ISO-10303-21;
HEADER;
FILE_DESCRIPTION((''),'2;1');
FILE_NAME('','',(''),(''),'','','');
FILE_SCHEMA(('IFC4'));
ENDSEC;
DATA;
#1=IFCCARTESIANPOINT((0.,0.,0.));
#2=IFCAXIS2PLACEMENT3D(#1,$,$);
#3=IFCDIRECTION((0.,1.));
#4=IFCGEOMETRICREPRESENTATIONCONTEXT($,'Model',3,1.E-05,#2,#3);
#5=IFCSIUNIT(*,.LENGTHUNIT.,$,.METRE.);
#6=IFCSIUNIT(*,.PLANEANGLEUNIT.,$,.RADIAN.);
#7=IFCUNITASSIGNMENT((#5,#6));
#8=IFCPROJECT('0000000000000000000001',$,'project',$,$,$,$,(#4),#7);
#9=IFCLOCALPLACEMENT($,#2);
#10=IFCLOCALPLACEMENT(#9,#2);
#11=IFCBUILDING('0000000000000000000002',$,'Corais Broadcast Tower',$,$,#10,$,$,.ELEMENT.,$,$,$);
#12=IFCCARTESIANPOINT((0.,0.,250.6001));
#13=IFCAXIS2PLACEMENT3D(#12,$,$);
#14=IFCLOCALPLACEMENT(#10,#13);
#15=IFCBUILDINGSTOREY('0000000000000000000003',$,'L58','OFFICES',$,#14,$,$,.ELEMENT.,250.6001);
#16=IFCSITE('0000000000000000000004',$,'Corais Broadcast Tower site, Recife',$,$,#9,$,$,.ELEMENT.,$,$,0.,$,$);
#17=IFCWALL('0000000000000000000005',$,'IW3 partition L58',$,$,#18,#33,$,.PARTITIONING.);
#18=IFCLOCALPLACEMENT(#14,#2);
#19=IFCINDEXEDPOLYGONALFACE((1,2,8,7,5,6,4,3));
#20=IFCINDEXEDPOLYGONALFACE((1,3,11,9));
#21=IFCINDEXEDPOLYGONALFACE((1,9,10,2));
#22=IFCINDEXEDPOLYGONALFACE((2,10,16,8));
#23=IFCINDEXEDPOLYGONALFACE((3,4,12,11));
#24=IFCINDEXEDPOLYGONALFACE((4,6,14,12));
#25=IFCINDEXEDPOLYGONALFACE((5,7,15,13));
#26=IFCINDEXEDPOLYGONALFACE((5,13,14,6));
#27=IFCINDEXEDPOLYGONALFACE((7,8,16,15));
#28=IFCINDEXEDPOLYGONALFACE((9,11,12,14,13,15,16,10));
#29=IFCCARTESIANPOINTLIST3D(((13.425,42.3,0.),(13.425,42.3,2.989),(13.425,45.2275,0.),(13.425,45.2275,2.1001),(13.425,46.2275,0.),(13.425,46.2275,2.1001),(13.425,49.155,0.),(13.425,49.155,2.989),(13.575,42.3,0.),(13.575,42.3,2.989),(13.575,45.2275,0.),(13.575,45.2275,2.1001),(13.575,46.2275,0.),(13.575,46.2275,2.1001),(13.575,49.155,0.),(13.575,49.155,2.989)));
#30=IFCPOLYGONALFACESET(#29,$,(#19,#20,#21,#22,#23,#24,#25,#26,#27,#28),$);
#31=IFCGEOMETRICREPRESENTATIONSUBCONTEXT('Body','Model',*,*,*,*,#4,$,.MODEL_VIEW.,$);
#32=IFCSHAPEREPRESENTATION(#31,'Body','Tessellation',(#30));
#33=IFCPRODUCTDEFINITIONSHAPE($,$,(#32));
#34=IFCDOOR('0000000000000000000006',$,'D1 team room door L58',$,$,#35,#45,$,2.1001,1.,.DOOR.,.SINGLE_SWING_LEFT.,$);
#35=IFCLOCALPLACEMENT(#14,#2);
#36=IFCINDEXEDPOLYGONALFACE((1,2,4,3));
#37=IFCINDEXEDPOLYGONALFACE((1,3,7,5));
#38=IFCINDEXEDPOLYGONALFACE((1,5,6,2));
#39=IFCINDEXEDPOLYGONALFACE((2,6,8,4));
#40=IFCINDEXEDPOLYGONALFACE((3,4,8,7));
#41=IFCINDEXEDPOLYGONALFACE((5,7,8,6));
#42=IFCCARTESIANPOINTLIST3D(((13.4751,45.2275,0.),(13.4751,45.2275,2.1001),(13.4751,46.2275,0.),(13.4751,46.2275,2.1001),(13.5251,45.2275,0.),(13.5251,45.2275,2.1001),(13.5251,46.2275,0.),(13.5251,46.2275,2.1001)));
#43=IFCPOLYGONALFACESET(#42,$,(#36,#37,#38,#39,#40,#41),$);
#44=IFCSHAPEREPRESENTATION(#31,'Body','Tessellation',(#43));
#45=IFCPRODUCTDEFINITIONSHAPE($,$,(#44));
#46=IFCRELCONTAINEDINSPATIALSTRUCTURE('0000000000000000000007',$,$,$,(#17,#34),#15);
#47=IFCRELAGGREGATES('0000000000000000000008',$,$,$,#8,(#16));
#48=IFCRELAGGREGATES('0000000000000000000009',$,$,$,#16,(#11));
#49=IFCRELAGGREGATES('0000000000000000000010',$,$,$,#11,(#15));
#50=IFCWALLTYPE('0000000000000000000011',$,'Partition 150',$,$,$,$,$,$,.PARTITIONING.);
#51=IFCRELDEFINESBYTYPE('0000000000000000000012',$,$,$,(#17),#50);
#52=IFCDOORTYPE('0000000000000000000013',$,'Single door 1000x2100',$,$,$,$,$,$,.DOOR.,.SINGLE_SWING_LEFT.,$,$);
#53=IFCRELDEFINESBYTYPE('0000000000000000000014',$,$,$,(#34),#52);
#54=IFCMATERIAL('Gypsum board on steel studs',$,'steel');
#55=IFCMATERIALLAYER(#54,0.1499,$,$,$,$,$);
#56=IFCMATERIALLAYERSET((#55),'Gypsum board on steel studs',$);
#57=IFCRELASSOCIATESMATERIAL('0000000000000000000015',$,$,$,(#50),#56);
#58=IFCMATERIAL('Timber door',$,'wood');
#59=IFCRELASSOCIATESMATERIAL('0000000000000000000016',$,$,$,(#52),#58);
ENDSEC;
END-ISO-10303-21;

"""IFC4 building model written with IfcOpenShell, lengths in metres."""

from ifc_helpers import new_model, si_unit, direction, frame, frame_2d, origin, place, context, subcontext, project, spatial, rectangle, extrude, material, layer, layer_set, type_object, element, fill, save


model = new_model("IFC4")

# Units and contexts
model_context = context("Model", 3, precision=1e-05, world=origin(), true_north=direction((0.0, 1.0)))
body_context = subcontext(model_context, "Body", "Model", "MODEL_VIEW")
ifc_project = project(units=[si_unit("LENGTHUNIT", "METRE"), si_unit("PLANEANGLEUNIT", "RADIAN")], contexts=[model_context])

# Site, building, storey
site_placement = place(None, origin())
site = spatial("IfcSite", under=ifc_project, at=site_placement, Name="Corais Broadcast Tower site, Recife", CompositionType="ELEMENT", RefElevation=0.0)
building_placement = place(site_placement, origin())
building = spatial("IfcBuilding", under=site, at=building_placement, Name="Corais Broadcast Tower", CompositionType="ELEMENT")
storey_placement = place(building_placement, frame((0.0, 0.0, 250.6001)))
storey = spatial("IfcBuildingStorey", under=building, at=storey_placement, Name="L58", Description="OFFICES", CompositionType="ELEMENT", Elevation=250.6001)

# Shared definitions
ifc_material_1 = material(Name="Gypsum board on steel studs", Category="steel")
ifc_layer_1 = layer(ifc_material_1, 0.1499)
ifc_layer_set_1 = layer_set([ifc_layer_1], Name="Gypsum board on steel studs")
wall_type = type_object("IfcWallType", Name="Partition 150", PredefinedType="PARTITIONING", material=ifc_layer_set_1)

# Wall, opening, door
wall_1_placement = place(storey_placement, frame((13.5, 42.3, 0.0), z_axis=(0.0, 0.0, 1.0), x_axis=(0.0, 1.0, 0.0)))
wall_1 = element("IfcWall", 1, at=wall_1_placement, inside=storey, type_object=wall_type, Name="IW3 partition L58", PredefinedType="PARTITIONING", context=body_context, shape_type="SweptSolid", body=[
    extrude(rectangle(XDim=6.855, YDim=0.1499, at=frame_2d((3.4275, 0.0))), origin(), (0.0, 0.0, 1.0), 2.989),
])
opening_placement = place(wall_1_placement, frame((2.9275, 0.0, 0.0)))
opening = element("IfcOpeningElement", 2, at=opening_placement, cuts=wall_1, PredefinedType="OPENING", context=body_context, shape_type="SweptSolid", body=[
    extrude(rectangle(XDim=1.0, YDim=2.1001, at=frame_2d((0.5, 1.05))), frame((0.0, 0.085, 0.0), z_axis=(0.0, -1.0, 0.0), x_axis=(1.0, 0.0, 0.0)), (0.0, 0.0, 1.0), 0.1699),
])
ifc_material_2 = material(Name="Timber door", Category="wood")
door_type = type_object("IfcDoorType", Name="Single door 1000x2100", OperationType="SINGLE_SWING_LEFT", PredefinedType="DOOR", material=ifc_material_2)
door_placement = place(opening_placement, origin())
door = element("IfcDoor", 3, at=door_placement, inside=storey, type_object=door_type, Name="D1 team room door L58", OperationType="SINGLE_SWING_LEFT", OverallHeight=2.1001, OverallWidth=1.0, PredefinedType="DOOR", context=body_context, shape_type="SweptSolid", body=[
    extrude(rectangle(XDim=1.0, YDim=2.1001, at=frame_2d((0.5, 1.05))), frame((0.0, 0.0249, 0.0), z_axis=(0.0, -1.0, 0.0), x_axis=(1.0, 0.0, 0.0)), (0.0, 0.0, 1.0), 0.05),
])
fill(opening, door)

save(model, "model.ifc")
